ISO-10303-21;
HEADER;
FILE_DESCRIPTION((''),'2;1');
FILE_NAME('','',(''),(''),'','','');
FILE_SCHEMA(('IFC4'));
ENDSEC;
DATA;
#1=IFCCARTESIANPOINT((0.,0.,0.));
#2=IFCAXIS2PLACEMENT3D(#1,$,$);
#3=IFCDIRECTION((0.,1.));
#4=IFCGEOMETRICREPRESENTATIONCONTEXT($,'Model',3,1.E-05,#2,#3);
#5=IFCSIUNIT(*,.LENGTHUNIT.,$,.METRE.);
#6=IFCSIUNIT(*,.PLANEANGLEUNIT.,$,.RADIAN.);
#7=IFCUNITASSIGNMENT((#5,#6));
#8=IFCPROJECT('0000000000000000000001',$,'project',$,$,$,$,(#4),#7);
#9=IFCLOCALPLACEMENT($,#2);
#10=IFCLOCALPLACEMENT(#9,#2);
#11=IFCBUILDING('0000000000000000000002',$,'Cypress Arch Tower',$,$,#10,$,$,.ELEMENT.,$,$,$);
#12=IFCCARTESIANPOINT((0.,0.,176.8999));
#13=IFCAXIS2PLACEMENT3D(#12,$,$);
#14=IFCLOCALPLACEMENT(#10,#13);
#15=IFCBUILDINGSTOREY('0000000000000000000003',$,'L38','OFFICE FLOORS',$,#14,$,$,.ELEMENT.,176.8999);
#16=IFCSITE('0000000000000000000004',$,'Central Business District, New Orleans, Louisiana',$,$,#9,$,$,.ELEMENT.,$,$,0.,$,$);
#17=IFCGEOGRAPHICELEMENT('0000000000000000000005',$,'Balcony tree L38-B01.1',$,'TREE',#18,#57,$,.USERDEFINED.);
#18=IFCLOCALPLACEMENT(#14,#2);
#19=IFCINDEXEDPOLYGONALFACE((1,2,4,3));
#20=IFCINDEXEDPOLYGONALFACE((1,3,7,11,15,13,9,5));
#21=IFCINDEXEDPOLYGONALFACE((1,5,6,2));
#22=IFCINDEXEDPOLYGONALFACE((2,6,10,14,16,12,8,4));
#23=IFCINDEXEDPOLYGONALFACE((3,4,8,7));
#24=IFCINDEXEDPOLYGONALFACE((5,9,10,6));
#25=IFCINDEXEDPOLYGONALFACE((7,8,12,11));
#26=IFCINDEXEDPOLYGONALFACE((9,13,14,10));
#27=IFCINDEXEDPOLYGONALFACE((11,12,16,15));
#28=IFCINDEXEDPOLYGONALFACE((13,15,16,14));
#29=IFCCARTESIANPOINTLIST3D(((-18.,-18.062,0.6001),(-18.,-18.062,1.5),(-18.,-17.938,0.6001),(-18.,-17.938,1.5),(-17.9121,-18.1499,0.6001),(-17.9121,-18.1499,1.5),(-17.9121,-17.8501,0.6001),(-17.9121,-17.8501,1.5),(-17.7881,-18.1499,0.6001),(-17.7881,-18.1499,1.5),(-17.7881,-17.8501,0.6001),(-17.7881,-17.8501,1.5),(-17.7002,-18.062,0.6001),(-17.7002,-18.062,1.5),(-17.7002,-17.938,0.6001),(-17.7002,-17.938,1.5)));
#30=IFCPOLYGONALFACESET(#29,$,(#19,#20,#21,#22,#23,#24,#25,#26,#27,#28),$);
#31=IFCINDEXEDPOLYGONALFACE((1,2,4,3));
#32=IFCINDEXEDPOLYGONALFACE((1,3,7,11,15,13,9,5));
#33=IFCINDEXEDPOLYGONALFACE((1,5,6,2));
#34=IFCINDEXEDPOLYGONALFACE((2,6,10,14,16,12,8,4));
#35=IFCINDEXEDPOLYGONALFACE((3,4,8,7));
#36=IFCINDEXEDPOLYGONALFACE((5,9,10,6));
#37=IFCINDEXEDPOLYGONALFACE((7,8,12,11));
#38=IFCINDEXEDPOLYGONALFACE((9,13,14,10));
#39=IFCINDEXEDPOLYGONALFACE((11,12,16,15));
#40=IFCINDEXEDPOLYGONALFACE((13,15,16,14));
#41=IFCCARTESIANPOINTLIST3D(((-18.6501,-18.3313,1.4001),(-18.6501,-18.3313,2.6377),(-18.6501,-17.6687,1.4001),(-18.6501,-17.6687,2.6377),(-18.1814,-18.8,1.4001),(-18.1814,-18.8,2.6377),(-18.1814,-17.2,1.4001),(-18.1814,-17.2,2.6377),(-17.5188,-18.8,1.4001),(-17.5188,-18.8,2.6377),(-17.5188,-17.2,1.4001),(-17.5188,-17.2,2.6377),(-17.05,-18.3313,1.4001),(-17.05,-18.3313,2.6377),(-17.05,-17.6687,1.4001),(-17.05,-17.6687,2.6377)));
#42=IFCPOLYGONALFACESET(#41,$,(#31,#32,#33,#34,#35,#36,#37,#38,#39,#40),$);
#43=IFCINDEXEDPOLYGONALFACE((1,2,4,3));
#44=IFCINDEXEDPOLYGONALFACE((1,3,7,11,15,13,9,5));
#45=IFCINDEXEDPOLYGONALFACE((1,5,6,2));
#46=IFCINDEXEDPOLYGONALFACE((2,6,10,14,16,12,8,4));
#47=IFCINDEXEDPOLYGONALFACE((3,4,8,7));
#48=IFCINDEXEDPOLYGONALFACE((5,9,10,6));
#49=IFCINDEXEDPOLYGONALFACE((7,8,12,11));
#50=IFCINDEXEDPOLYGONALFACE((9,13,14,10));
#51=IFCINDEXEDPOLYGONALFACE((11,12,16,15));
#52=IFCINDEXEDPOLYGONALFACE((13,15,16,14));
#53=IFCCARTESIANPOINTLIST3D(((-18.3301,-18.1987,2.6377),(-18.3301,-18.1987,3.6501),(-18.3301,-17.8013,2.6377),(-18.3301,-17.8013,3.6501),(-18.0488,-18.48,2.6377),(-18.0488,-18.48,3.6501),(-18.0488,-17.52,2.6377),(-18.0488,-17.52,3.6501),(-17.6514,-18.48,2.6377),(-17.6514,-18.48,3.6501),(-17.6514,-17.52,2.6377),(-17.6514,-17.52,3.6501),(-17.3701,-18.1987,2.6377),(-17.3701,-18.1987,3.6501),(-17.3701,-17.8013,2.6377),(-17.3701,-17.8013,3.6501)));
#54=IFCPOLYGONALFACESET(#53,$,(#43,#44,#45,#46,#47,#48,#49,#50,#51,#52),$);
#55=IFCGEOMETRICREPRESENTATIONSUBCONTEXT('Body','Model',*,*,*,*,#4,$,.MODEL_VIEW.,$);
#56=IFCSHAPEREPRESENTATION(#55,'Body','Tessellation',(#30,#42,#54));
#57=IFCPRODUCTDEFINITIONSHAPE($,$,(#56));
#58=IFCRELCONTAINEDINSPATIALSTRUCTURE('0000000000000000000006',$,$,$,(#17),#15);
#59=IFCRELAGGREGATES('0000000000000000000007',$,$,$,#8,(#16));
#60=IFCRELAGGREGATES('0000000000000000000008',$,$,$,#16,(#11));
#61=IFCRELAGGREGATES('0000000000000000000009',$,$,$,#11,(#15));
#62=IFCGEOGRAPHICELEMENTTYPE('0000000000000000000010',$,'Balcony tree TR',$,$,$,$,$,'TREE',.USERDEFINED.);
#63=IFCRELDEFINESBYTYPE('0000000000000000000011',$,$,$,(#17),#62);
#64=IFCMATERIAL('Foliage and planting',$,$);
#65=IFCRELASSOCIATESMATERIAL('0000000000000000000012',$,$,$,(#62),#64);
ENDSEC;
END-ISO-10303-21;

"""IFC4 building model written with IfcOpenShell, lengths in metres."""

from ifc_helpers import new_model, si_unit, direction, frame, origin, place, context, subcontext, project, spatial, polyline, outline, extrude, material, type_object, element, save


model = new_model("IFC4")

# Units and contexts
model_context = context("Model", 3, precision=1e-05, world=origin(), true_north=direction((0.0, 1.0)))
body_context = subcontext(model_context, "Body", "Model", "MODEL_VIEW")
ifc_project = project(units=[si_unit("LENGTHUNIT", "METRE"), si_unit("PLANEANGLEUNIT", "RADIAN")], contexts=[model_context])

# Site, building, storey
site_placement = place(None, origin())
site = spatial("IfcSite", under=ifc_project, at=site_placement, Name="Central Business District, New Orleans, Louisiana", CompositionType="ELEMENT", RefElevation=0.0)
building_placement = place(site_placement, origin())
building = spatial("IfcBuilding", under=site, at=building_placement, Name="Cypress Arch Tower", CompositionType="ELEMENT")
storey_placement = place(building_placement, frame((0.0, 0.0, 176.8999)))
storey = spatial("IfcBuildingStorey", under=building, at=storey_placement, Name="L38", Description="OFFICE FLOORS", CompositionType="ELEMENT", Elevation=176.8999)

# Geographic element
ifc_material_1 = material(Name="Foliage and planting")
geographic_element_type = type_object("IfcGeographicElementType", Name="Balcony tree TR", ElementType="TREE", PredefinedType="USERDEFINED", material=ifc_material_1)
geographic_element_placement = place(storey_placement, frame((-17.8501, -18.0, 0.6001), z_axis=(0.0, 0.0, 1.0), x_axis=(1.0, 0.0, 0.0)))
element("IfcGeographicElement", 1, at=geographic_element_placement, inside=storey, type_object=geographic_element_type, Name="Balcony tree L38-B01.1", ObjectType="TREE", PredefinedType="USERDEFINED", context=body_context, shape_type="SweptSolid", body=[
    extrude(outline(polyline([(0.1499, 0.062), (0.062, 0.1499), (-0.062, 0.1499), (-0.1499, 0.062), (-0.1499, -0.062), (-0.062, -0.1499), (0.062, -0.1499), (0.1499, -0.062), (0.1499, 0.062)])), origin(), (0.0, 0.0, 1.0), 0.8999),
    extrude(outline(polyline([(0.8, 0.3313), (0.3313, 0.8), (-0.3313, 0.8), (-0.8, 0.3313), (-0.8, -0.3313), (-0.3313, -0.8), (0.3313, -0.8), (0.8, -0.3313), (0.8, 0.3313)])), frame((0.0, 0.0, 0.8)), (0.0, 0.0, 1.0), 1.2375),
    extrude(outline(polyline([(0.48, 0.1987), (0.1987, 0.48), (-0.1987, 0.48), (-0.48, 0.1987), (-0.48, -0.1987), (-0.1987, -0.48), (0.1987, -0.48), (0.48, -0.1987), (0.48, 0.1987)])), frame((0.0, 0.0, 2.0376)), (0.0, 0.0, 1.0), 1.0125),
])

save(model, "model.ifc")
